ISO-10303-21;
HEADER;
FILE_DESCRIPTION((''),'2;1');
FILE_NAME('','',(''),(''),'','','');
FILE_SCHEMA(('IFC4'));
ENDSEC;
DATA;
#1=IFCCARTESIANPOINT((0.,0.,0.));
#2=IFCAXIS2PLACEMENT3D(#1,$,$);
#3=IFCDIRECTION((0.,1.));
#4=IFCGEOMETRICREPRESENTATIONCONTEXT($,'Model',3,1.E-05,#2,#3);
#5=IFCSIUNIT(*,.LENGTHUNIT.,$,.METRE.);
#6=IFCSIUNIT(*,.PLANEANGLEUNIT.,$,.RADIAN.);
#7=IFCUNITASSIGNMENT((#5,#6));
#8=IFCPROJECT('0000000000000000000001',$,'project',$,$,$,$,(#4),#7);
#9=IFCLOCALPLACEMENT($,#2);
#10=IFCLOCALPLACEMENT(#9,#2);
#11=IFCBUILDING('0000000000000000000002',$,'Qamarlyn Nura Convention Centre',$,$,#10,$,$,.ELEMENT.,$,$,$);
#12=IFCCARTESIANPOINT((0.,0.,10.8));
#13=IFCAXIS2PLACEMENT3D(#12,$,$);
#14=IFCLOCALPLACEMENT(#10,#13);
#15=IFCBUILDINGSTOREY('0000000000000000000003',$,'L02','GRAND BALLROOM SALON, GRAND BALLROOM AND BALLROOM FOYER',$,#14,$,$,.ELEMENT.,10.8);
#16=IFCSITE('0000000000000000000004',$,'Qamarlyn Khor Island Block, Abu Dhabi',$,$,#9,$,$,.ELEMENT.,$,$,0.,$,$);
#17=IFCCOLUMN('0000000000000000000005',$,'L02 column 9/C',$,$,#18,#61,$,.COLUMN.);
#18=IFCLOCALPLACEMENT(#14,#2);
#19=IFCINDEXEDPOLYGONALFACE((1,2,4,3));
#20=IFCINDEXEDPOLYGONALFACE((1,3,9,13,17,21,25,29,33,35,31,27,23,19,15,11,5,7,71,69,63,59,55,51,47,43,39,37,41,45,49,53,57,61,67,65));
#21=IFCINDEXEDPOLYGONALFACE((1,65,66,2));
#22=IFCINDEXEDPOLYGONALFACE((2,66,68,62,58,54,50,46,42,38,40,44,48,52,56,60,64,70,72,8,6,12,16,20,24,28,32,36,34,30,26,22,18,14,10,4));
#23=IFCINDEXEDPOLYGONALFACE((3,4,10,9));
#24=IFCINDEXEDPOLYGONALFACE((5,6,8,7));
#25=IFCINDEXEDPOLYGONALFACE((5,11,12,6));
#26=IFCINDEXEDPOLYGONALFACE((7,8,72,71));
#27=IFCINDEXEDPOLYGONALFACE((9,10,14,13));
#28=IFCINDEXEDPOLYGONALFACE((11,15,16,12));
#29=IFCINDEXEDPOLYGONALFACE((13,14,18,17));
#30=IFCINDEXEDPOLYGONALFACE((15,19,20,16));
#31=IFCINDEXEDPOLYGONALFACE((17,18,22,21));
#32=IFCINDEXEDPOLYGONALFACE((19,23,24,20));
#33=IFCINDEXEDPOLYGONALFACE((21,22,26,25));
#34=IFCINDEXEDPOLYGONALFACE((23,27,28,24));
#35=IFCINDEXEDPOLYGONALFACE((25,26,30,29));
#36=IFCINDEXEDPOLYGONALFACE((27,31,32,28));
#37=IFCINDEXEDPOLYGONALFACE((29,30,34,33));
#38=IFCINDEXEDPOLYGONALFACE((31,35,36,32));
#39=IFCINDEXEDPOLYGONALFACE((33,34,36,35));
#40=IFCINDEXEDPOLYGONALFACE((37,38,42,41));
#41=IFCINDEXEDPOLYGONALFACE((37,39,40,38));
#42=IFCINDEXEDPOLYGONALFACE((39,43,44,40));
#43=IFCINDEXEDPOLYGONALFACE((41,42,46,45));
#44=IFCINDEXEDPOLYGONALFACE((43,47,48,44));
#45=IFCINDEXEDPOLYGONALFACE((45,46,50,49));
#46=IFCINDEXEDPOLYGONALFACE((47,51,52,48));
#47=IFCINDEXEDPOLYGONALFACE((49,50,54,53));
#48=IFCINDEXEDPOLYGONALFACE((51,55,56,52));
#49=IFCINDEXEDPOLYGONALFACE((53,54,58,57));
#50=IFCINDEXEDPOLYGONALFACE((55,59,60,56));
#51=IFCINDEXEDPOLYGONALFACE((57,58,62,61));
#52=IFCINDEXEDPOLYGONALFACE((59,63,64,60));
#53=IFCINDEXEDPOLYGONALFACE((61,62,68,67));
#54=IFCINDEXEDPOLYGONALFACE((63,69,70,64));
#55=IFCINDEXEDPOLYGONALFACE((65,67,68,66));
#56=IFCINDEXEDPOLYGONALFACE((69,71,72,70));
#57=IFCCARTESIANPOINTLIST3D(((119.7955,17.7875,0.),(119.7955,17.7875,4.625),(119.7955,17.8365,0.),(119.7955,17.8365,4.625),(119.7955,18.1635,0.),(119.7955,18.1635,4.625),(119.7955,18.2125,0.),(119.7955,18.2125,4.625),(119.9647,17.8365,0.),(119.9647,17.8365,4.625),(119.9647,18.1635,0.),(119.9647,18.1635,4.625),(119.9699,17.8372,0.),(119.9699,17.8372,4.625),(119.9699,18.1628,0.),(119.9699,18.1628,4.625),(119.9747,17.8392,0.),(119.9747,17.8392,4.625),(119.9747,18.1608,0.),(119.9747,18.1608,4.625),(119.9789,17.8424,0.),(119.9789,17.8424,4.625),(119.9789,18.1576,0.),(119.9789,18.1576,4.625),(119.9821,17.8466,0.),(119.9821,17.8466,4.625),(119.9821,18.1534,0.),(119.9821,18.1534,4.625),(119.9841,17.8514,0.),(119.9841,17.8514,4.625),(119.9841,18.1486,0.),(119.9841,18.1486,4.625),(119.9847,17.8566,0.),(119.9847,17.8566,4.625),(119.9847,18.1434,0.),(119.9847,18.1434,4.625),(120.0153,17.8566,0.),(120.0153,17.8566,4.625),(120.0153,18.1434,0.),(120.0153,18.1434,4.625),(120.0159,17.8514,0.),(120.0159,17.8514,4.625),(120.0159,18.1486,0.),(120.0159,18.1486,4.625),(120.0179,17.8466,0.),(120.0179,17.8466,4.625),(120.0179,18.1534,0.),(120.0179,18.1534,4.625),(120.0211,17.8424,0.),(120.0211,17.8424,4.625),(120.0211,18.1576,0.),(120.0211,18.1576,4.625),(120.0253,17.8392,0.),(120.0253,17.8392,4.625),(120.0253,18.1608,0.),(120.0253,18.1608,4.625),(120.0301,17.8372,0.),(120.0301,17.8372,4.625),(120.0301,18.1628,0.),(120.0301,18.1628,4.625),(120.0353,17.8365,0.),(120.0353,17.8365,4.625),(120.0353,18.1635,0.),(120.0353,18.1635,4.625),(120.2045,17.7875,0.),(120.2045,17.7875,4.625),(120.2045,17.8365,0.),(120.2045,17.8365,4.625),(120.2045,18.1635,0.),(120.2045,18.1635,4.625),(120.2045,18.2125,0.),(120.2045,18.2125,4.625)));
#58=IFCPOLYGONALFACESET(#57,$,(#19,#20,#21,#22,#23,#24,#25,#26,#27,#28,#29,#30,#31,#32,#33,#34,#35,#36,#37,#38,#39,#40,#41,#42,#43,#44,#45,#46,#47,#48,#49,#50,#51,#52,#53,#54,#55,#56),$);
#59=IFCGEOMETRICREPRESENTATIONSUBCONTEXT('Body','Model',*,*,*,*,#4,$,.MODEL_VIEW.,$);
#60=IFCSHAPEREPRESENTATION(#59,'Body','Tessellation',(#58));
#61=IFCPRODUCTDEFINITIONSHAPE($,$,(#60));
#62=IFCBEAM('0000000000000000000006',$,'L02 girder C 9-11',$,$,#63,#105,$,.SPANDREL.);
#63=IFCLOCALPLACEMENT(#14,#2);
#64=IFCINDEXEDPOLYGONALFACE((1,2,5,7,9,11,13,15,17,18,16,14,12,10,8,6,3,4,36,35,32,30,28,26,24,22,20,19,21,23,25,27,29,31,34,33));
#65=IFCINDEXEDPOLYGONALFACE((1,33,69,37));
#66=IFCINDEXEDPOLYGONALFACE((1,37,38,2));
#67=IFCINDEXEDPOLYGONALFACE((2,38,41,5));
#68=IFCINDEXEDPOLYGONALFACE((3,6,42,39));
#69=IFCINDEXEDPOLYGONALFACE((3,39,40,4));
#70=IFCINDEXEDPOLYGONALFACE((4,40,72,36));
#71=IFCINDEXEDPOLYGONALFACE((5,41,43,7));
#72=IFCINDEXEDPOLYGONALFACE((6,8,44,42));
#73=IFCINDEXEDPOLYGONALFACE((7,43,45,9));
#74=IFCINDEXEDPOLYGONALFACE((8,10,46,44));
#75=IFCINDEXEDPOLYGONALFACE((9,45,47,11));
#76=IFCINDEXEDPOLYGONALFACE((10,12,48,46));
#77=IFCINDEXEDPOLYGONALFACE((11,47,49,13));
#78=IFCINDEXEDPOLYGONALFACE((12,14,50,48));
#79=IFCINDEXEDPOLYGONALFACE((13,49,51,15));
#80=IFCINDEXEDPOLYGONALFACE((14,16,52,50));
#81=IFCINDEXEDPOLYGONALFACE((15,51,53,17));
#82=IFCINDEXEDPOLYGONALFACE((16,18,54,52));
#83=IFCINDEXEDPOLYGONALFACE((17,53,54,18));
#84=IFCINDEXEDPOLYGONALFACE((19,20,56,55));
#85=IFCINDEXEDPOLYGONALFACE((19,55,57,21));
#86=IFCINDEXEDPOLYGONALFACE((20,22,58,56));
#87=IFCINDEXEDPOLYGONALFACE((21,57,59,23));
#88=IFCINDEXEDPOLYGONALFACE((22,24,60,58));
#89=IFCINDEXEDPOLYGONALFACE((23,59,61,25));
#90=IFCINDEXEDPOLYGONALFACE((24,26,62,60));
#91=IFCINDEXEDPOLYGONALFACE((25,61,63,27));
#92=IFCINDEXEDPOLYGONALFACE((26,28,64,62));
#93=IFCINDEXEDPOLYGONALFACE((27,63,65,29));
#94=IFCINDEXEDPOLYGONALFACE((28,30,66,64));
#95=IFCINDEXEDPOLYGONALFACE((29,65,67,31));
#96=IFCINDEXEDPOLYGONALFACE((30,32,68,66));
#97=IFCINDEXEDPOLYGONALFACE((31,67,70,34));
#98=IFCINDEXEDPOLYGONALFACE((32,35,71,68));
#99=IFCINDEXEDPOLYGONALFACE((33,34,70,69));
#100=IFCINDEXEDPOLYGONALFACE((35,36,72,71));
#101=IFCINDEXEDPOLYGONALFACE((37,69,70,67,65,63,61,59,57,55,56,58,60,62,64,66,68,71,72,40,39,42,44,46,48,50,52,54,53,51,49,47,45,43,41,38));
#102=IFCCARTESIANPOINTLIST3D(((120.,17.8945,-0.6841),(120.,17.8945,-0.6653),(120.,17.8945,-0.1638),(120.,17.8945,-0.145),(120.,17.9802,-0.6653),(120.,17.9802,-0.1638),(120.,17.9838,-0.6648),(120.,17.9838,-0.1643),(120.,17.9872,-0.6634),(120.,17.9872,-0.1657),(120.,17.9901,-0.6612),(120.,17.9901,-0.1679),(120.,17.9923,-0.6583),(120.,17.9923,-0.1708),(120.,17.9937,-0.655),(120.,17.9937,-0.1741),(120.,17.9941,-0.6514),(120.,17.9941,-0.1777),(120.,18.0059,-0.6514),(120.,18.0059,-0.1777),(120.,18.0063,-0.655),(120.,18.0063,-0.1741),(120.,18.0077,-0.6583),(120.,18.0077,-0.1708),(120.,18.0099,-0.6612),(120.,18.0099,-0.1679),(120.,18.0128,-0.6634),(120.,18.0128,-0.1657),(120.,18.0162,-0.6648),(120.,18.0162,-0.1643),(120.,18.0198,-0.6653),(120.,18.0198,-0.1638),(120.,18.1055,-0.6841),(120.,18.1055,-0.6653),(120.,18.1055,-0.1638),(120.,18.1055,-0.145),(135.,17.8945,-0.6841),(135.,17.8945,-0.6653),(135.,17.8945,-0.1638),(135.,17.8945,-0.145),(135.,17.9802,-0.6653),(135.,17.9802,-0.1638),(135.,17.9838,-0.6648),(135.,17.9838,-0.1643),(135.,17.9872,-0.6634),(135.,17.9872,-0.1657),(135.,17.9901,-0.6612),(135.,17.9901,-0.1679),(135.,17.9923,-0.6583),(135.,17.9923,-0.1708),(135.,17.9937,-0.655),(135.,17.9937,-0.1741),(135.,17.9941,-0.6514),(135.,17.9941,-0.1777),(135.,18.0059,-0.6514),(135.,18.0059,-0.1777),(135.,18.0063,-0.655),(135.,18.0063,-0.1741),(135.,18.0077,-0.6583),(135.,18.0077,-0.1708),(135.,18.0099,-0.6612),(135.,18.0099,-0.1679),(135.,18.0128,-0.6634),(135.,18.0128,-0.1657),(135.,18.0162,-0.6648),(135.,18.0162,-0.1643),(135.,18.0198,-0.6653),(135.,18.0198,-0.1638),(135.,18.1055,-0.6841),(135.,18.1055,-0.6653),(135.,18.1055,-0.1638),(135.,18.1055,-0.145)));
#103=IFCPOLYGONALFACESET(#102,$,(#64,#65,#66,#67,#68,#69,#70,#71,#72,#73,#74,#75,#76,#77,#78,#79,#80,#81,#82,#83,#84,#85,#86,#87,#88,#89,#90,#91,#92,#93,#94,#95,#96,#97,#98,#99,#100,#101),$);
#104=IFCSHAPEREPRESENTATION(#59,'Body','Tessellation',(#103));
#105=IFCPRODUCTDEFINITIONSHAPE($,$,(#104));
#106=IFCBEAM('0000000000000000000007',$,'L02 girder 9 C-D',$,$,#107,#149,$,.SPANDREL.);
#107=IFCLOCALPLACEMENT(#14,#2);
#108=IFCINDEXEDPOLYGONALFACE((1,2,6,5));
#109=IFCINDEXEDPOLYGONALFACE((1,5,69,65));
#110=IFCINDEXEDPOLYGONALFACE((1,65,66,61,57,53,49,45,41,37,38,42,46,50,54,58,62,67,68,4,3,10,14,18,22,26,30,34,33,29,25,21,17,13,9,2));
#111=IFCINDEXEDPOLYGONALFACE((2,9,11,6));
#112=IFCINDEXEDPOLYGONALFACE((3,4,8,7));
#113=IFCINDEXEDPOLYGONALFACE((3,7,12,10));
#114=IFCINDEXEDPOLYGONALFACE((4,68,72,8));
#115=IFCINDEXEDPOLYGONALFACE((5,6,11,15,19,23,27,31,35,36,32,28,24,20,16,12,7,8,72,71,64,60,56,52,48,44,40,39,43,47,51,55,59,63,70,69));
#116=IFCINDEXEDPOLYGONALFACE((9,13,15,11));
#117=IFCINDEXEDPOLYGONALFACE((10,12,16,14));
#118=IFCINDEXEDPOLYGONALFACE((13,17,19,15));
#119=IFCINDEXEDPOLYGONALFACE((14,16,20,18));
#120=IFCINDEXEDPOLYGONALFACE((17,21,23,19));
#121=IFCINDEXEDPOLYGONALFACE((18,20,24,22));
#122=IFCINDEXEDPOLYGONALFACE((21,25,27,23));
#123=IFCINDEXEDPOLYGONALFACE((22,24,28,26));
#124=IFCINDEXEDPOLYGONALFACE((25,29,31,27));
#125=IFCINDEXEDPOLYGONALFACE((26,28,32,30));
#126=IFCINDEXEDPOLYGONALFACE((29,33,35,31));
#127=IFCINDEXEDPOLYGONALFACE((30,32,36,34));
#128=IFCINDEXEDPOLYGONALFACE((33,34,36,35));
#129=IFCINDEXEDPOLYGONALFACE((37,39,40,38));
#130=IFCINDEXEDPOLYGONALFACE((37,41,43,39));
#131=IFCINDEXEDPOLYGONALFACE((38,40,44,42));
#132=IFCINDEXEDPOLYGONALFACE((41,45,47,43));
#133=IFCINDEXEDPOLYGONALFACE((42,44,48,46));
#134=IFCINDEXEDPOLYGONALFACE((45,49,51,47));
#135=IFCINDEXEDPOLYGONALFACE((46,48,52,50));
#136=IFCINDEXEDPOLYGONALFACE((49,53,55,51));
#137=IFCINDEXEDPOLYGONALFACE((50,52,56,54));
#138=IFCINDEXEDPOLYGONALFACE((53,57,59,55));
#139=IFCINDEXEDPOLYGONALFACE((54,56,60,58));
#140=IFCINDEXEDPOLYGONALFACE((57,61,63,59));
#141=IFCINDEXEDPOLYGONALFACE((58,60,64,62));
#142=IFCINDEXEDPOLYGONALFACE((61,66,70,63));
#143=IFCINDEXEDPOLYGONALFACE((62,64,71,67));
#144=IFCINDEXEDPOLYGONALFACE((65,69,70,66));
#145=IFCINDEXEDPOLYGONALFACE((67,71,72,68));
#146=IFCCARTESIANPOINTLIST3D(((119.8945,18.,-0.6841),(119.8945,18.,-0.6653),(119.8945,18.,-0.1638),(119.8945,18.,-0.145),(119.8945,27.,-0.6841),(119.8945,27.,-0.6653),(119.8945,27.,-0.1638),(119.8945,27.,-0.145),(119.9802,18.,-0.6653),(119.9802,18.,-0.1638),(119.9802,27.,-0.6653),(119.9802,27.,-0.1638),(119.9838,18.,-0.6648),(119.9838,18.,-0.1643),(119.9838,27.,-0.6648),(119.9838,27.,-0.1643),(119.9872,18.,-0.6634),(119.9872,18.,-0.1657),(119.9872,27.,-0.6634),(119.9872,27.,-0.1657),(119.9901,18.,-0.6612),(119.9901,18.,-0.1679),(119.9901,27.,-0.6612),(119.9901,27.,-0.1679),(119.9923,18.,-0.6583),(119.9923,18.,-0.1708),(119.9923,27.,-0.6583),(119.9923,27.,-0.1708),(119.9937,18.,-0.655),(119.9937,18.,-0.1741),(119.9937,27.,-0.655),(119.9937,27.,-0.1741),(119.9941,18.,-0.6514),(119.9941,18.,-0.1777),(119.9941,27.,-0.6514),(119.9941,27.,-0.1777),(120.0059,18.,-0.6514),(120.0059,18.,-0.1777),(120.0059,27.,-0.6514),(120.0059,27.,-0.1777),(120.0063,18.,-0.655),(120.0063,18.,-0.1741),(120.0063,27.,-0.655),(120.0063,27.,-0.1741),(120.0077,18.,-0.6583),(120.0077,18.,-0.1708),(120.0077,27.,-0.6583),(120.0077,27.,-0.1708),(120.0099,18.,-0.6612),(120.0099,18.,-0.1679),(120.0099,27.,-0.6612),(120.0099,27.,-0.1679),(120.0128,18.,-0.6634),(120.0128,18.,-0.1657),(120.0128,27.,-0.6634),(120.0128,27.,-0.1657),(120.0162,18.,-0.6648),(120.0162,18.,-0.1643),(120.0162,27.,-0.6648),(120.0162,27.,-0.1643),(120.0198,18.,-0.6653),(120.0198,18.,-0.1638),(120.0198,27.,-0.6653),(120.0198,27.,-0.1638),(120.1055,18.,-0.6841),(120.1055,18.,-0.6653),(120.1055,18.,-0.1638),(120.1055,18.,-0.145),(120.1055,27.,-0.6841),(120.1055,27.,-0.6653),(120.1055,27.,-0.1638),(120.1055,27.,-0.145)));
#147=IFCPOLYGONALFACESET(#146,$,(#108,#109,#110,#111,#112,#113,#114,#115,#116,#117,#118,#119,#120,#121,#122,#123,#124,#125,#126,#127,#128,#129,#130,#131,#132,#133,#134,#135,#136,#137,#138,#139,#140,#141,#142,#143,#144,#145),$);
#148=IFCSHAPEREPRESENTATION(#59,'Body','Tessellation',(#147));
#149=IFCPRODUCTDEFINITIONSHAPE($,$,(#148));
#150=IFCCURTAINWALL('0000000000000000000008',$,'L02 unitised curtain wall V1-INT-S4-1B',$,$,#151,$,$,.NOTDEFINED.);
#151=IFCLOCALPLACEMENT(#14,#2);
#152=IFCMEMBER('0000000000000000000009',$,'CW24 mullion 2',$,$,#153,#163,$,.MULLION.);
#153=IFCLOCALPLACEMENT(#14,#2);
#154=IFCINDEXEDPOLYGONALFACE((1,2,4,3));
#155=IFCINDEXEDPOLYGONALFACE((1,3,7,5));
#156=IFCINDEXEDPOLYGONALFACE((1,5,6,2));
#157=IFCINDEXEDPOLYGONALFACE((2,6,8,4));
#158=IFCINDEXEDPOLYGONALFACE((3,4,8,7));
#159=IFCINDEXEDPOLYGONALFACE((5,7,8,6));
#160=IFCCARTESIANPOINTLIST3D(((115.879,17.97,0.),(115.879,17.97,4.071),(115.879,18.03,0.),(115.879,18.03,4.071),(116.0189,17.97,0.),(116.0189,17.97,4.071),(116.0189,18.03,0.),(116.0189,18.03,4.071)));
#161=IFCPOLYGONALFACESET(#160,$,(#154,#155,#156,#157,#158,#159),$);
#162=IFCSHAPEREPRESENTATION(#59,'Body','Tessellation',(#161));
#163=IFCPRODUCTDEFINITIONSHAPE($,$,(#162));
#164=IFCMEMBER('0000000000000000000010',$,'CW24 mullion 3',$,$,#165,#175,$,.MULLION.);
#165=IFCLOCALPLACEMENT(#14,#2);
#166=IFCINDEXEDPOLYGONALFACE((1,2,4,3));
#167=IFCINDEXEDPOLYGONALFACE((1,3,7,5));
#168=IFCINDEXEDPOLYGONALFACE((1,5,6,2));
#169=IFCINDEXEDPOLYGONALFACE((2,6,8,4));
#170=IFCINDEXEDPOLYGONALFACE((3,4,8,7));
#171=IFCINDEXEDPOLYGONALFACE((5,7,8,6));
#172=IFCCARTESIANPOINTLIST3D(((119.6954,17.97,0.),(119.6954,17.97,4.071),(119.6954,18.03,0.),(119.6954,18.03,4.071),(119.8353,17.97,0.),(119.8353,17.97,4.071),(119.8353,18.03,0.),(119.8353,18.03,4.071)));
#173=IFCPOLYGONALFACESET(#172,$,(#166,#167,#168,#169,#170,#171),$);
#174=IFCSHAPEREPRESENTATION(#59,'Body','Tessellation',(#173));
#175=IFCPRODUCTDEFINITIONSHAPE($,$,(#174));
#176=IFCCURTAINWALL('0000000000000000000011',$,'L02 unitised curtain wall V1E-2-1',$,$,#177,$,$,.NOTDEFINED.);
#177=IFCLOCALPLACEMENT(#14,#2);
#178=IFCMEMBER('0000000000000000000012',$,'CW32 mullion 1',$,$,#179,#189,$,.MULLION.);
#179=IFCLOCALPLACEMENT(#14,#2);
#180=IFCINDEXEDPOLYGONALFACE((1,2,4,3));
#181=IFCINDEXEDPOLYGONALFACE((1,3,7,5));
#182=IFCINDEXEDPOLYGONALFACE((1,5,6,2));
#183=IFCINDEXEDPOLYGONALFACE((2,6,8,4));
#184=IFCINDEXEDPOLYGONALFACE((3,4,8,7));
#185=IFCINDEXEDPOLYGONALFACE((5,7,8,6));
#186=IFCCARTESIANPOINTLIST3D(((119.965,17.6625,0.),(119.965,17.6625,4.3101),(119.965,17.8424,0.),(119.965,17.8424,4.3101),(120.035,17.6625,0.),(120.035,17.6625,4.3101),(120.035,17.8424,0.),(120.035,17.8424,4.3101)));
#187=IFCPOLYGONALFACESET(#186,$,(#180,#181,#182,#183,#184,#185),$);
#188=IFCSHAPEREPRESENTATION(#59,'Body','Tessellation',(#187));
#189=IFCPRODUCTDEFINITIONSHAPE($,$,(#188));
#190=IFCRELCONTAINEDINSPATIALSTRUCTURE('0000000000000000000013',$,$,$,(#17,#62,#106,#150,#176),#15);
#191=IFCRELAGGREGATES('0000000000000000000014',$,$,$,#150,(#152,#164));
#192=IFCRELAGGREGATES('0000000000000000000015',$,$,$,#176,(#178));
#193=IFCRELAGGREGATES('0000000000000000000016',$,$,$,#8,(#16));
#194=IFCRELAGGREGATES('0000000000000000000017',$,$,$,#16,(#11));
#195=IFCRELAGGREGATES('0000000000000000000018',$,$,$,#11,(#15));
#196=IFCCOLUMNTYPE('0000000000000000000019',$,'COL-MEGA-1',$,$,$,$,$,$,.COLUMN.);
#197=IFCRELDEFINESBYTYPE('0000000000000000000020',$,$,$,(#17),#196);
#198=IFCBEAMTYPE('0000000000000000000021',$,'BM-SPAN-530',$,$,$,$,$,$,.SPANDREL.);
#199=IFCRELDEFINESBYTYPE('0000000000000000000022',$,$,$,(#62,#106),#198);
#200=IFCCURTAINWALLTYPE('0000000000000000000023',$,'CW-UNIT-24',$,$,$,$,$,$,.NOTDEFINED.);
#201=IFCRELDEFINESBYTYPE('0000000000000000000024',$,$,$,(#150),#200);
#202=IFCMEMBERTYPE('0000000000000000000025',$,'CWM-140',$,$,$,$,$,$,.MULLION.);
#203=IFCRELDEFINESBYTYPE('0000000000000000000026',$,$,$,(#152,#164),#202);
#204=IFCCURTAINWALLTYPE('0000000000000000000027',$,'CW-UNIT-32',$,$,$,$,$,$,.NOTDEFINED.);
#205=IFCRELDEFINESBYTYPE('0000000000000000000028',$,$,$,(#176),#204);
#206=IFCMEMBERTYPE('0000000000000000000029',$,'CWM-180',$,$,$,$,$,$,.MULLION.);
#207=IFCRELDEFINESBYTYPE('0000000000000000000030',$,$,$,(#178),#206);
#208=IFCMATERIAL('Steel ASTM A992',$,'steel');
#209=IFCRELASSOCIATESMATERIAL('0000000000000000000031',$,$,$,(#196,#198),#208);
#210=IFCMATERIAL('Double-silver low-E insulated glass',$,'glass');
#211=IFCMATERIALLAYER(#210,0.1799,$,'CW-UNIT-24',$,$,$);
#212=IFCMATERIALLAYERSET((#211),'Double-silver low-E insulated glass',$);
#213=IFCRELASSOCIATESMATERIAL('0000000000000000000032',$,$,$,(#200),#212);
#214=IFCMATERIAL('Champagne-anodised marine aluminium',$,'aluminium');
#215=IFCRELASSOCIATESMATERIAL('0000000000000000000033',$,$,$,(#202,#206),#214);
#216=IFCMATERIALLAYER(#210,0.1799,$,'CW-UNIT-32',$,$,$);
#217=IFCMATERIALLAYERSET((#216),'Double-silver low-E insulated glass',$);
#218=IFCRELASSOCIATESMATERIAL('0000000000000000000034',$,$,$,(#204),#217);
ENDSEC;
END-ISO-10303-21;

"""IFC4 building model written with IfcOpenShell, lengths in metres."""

from ifc_helpers import new_model, si_unit, direction, frame, origin, origin_2d, place, context, subcontext, project, spatial, rectangle, i_section, extrude, material, layer, layer_set, material_profile, profile_set, type_object, element, aggregate, save


model = new_model("IFC4")

# Units and contexts
model_context = context("Model", 3, precision=1e-05, world=origin(), true_north=direction((0.0, 1.0)))
body_context = subcontext(model_context, "Body", "Model", "MODEL_VIEW")
ifc_project = project(units=[si_unit("LENGTHUNIT", "METRE"), si_unit("PLANEANGLEUNIT", "RADIAN")], contexts=[model_context])

# Site, building, storey
site_placement = place(None, origin())
site = spatial("IfcSite", under=ifc_project, at=site_placement, Name="Qamarlyn Khor Island Block, Abu Dhabi", CompositionType="ELEMENT", RefElevation=0.0)
building_placement = place(site_placement, origin())
building = spatial("IfcBuilding", under=site, at=building_placement, Name="Qamarlyn Nura Convention Centre", CompositionType="ELEMENT")
storey_placement = place(building_placement, frame((0.0, 0.0, 10.8)))
storey = spatial("IfcBuildingStorey", under=building, at=storey_placement, Name="L02", Description="GRAND BALLROOM SALON, GRAND BALLROOM AND BALLROOM FOYER", CompositionType="ELEMENT", Elevation=10.8)

# Column
ifc_material_1 = material(Name="Steel ASTM A992", Category="steel")
ifc_material_profile_1 = material_profile(ifc_material_1, i_section(OverallWidth=0.4089, OverallDepth=0.425, WebThickness=0.0305, FlangeThickness=0.0491, FilletRadius=0.02, at=origin_2d()), Name="W360X421")
ifc_profile_set_1 = profile_set([ifc_material_profile_1], Name="Steel ASTM A992")
column_type = type_object("IfcColumnType", Name="COL-MEGA-1", PredefinedType="COLUMN", material=ifc_profile_set_1)
column_placement = place(storey_placement, frame((120.0, 18.0, 0.0), z_axis=(0.0, 0.0, 1.0), x_axis=(1.0, 0.0, 0.0)))
element("IfcColumn", 1, at=column_placement, inside=storey, type_object=column_type, Name="L02 column 9/C", PredefinedType="COLUMN", context=body_context, shape_type="SweptSolid", body=[
    extrude(i_section(OverallWidth=0.4089, OverallDepth=0.425, WebThickness=0.0305, FlangeThickness=0.0491, FilletRadius=0.02, at=origin_2d()), origin(), (0.0, 0.0, 1.0), 4.625),
])

# Beams
ifc_material_profile_2 = material_profile(ifc_material_1, i_section(OverallWidth=0.2109, OverallDepth=0.5391, WebThickness=0.0117, FlangeThickness=0.0188, FilletRadius=0.0139, at=origin_2d()), Name="W530X109")
ifc_profile_set_2 = profile_set([ifc_material_profile_2], Name="Steel ASTM A992")
beam_type = type_object("IfcBeamType", Name="BM-SPAN-530", PredefinedType="SPANDREL", material=ifc_profile_set_2)
beam_1_placement = place(storey_placement, frame((120.0, 18.0, -0.4146), z_axis=(1.0, 0.0, 0.0), x_axis=(0.0, 1.0, 0.0)))
element("IfcBeam", 2, at=beam_1_placement, inside=storey, type_object=beam_type, Name="L02 girder C 9-11", PredefinedType="SPANDREL", context=body_context, shape_type="SweptSolid", body=[
    extrude(i_section(OverallWidth=0.2109, OverallDepth=0.5391, WebThickness=0.0117, FlangeThickness=0.0188, FilletRadius=0.0139, at=origin_2d()), origin(), (0.0, 0.0, 1.0), 15.0),
])
beam_2_placement = place(storey_placement, frame((120.0, 18.0, -0.4146), z_axis=(0.0, 1.0, 0.0), x_axis=(-1.0, 0.0, 0.0)))
element("IfcBeam", 3, at=beam_2_placement, inside=storey, type_object=beam_type, Name="L02 girder 9 C-D", PredefinedType="SPANDREL", context=body_context, shape_type="SweptSolid", body=[
    extrude(i_section(OverallWidth=0.2109, OverallDepth=0.5391, WebThickness=0.0117, FlangeThickness=0.0188, FilletRadius=0.0139, at=origin_2d()), origin(), (0.0, 0.0, 1.0), 9.0),
])

# Curtain wall, members
ifc_material_2 = material(Name="Double-silver low-E insulated glass", Category="glass")
ifc_layer_1 = layer(ifc_material_2, 0.1799, Name="CW-UNIT-24")
ifc_layer_set_1 = layer_set([ifc_layer_1], Name="Double-silver low-E insulated glass")
curtain_wall_type_1 = type_object("IfcCurtainWallType", Name="CW-UNIT-24", PredefinedType="NOTDEFINED", material=ifc_layer_set_1)
curtain_wall_1_placement = place(storey_placement, origin())
curtain_wall_1 = element("IfcCurtainWall", 4, at=curtain_wall_1_placement, inside=storey, type_object=curtain_wall_type_1, Name="L02 unitised curtain wall V1-INT-S4-1B", PredefinedType="NOTDEFINED")
ifc_material_3 = material(Name="Champagne-anodised marine aluminium", Category="aluminium")
ifc_material_profile_3 = material_profile(ifc_material_3, rectangle(XDim=0.0601, YDim=0.1399, at=origin_2d()), Name="ALU MULLION 60x140")
ifc_profile_set_3 = profile_set([ifc_material_profile_3], Name="Champagne-anodised marine aluminium")
member_type_1 = type_object("IfcMemberType", Name="CWM-140", PredefinedType="MULLION", material=ifc_profile_set_3)
member_1_placement = place(storey_placement, frame((115.949, 18.0, 0.0), z_axis=(0.0, 0.0, 1.0), x_axis=(0.0, 1.0, 0.0)))
member_1 = element("IfcMember", 5, at=member_1_placement, type_object=member_type_1, Name="CW24 mullion 2", PredefinedType="MULLION", context=body_context, shape_type="SweptSolid", body=[
    extrude(rectangle(XDim=0.0601, YDim=0.1399, at=origin_2d()), origin(), (0.0, 0.0, 1.0), 4.071),
])
member_2_placement = place(storey_placement, frame((119.7654, 18.0, 0.0), z_axis=(0.0, 0.0, 1.0), x_axis=(0.0, 1.0, 0.0)))
member_2 = element("IfcMember", 6, at=member_2_placement, type_object=member_type_1, Name="CW24 mullion 3", PredefinedType="MULLION", context=body_context, shape_type="SweptSolid", body=[
    extrude(rectangle(XDim=0.0601, YDim=0.1399, at=origin_2d()), origin(), (0.0, 0.0, 1.0), 4.071),
])

# Curtain wall, member
ifc_layer_2 = layer(ifc_material_2, 0.1799, Name="CW-UNIT-32")
ifc_layer_set_2 = layer_set([ifc_layer_2], Name="Double-silver low-E insulated glass")
curtain_wall_type_2 = type_object("IfcCurtainWallType", Name="CW-UNIT-32", PredefinedType="NOTDEFINED", material=ifc_layer_set_2)
curtain_wall_2_placement = place(storey_placement, origin())
curtain_wall_2 = element("IfcCurtainWall", 7, at=curtain_wall_2_placement, inside=storey, type_object=curtain_wall_type_2, Name="L02 unitised curtain wall V1E-2-1", PredefinedType="NOTDEFINED")
ifc_material_profile_4 = material_profile(ifc_material_3, rectangle(XDim=0.0701, YDim=0.1799, at=origin_2d()), Name="ALU MULLION 70x180")
ifc_profile_set_4 = profile_set([ifc_material_profile_4], Name="Champagne-anodised marine aluminium")
member_type_2 = type_object("IfcMemberType", Name="CWM-180", PredefinedType="MULLION", material=ifc_profile_set_4)
member_3_placement = place(storey_placement, frame((120.0, 17.7524, 0.0), z_axis=(0.0, 0.0, 1.0), x_axis=(1.0, 0.0, 0.0)))
member_3 = element("IfcMember", 8, at=member_3_placement, type_object=member_type_2, Name="CW32 mullion 1", PredefinedType="MULLION", context=body_context, shape_type="SweptSolid", body=[
    extrude(rectangle(XDim=0.0701, YDim=0.1799, at=origin_2d()), origin(), (0.0, 0.0, 1.0), 4.3101),
])

aggregate(curtain_wall_1, [member_1, member_2])
aggregate(curtain_wall_2, [member_3])

save(model, "model.ifc")
